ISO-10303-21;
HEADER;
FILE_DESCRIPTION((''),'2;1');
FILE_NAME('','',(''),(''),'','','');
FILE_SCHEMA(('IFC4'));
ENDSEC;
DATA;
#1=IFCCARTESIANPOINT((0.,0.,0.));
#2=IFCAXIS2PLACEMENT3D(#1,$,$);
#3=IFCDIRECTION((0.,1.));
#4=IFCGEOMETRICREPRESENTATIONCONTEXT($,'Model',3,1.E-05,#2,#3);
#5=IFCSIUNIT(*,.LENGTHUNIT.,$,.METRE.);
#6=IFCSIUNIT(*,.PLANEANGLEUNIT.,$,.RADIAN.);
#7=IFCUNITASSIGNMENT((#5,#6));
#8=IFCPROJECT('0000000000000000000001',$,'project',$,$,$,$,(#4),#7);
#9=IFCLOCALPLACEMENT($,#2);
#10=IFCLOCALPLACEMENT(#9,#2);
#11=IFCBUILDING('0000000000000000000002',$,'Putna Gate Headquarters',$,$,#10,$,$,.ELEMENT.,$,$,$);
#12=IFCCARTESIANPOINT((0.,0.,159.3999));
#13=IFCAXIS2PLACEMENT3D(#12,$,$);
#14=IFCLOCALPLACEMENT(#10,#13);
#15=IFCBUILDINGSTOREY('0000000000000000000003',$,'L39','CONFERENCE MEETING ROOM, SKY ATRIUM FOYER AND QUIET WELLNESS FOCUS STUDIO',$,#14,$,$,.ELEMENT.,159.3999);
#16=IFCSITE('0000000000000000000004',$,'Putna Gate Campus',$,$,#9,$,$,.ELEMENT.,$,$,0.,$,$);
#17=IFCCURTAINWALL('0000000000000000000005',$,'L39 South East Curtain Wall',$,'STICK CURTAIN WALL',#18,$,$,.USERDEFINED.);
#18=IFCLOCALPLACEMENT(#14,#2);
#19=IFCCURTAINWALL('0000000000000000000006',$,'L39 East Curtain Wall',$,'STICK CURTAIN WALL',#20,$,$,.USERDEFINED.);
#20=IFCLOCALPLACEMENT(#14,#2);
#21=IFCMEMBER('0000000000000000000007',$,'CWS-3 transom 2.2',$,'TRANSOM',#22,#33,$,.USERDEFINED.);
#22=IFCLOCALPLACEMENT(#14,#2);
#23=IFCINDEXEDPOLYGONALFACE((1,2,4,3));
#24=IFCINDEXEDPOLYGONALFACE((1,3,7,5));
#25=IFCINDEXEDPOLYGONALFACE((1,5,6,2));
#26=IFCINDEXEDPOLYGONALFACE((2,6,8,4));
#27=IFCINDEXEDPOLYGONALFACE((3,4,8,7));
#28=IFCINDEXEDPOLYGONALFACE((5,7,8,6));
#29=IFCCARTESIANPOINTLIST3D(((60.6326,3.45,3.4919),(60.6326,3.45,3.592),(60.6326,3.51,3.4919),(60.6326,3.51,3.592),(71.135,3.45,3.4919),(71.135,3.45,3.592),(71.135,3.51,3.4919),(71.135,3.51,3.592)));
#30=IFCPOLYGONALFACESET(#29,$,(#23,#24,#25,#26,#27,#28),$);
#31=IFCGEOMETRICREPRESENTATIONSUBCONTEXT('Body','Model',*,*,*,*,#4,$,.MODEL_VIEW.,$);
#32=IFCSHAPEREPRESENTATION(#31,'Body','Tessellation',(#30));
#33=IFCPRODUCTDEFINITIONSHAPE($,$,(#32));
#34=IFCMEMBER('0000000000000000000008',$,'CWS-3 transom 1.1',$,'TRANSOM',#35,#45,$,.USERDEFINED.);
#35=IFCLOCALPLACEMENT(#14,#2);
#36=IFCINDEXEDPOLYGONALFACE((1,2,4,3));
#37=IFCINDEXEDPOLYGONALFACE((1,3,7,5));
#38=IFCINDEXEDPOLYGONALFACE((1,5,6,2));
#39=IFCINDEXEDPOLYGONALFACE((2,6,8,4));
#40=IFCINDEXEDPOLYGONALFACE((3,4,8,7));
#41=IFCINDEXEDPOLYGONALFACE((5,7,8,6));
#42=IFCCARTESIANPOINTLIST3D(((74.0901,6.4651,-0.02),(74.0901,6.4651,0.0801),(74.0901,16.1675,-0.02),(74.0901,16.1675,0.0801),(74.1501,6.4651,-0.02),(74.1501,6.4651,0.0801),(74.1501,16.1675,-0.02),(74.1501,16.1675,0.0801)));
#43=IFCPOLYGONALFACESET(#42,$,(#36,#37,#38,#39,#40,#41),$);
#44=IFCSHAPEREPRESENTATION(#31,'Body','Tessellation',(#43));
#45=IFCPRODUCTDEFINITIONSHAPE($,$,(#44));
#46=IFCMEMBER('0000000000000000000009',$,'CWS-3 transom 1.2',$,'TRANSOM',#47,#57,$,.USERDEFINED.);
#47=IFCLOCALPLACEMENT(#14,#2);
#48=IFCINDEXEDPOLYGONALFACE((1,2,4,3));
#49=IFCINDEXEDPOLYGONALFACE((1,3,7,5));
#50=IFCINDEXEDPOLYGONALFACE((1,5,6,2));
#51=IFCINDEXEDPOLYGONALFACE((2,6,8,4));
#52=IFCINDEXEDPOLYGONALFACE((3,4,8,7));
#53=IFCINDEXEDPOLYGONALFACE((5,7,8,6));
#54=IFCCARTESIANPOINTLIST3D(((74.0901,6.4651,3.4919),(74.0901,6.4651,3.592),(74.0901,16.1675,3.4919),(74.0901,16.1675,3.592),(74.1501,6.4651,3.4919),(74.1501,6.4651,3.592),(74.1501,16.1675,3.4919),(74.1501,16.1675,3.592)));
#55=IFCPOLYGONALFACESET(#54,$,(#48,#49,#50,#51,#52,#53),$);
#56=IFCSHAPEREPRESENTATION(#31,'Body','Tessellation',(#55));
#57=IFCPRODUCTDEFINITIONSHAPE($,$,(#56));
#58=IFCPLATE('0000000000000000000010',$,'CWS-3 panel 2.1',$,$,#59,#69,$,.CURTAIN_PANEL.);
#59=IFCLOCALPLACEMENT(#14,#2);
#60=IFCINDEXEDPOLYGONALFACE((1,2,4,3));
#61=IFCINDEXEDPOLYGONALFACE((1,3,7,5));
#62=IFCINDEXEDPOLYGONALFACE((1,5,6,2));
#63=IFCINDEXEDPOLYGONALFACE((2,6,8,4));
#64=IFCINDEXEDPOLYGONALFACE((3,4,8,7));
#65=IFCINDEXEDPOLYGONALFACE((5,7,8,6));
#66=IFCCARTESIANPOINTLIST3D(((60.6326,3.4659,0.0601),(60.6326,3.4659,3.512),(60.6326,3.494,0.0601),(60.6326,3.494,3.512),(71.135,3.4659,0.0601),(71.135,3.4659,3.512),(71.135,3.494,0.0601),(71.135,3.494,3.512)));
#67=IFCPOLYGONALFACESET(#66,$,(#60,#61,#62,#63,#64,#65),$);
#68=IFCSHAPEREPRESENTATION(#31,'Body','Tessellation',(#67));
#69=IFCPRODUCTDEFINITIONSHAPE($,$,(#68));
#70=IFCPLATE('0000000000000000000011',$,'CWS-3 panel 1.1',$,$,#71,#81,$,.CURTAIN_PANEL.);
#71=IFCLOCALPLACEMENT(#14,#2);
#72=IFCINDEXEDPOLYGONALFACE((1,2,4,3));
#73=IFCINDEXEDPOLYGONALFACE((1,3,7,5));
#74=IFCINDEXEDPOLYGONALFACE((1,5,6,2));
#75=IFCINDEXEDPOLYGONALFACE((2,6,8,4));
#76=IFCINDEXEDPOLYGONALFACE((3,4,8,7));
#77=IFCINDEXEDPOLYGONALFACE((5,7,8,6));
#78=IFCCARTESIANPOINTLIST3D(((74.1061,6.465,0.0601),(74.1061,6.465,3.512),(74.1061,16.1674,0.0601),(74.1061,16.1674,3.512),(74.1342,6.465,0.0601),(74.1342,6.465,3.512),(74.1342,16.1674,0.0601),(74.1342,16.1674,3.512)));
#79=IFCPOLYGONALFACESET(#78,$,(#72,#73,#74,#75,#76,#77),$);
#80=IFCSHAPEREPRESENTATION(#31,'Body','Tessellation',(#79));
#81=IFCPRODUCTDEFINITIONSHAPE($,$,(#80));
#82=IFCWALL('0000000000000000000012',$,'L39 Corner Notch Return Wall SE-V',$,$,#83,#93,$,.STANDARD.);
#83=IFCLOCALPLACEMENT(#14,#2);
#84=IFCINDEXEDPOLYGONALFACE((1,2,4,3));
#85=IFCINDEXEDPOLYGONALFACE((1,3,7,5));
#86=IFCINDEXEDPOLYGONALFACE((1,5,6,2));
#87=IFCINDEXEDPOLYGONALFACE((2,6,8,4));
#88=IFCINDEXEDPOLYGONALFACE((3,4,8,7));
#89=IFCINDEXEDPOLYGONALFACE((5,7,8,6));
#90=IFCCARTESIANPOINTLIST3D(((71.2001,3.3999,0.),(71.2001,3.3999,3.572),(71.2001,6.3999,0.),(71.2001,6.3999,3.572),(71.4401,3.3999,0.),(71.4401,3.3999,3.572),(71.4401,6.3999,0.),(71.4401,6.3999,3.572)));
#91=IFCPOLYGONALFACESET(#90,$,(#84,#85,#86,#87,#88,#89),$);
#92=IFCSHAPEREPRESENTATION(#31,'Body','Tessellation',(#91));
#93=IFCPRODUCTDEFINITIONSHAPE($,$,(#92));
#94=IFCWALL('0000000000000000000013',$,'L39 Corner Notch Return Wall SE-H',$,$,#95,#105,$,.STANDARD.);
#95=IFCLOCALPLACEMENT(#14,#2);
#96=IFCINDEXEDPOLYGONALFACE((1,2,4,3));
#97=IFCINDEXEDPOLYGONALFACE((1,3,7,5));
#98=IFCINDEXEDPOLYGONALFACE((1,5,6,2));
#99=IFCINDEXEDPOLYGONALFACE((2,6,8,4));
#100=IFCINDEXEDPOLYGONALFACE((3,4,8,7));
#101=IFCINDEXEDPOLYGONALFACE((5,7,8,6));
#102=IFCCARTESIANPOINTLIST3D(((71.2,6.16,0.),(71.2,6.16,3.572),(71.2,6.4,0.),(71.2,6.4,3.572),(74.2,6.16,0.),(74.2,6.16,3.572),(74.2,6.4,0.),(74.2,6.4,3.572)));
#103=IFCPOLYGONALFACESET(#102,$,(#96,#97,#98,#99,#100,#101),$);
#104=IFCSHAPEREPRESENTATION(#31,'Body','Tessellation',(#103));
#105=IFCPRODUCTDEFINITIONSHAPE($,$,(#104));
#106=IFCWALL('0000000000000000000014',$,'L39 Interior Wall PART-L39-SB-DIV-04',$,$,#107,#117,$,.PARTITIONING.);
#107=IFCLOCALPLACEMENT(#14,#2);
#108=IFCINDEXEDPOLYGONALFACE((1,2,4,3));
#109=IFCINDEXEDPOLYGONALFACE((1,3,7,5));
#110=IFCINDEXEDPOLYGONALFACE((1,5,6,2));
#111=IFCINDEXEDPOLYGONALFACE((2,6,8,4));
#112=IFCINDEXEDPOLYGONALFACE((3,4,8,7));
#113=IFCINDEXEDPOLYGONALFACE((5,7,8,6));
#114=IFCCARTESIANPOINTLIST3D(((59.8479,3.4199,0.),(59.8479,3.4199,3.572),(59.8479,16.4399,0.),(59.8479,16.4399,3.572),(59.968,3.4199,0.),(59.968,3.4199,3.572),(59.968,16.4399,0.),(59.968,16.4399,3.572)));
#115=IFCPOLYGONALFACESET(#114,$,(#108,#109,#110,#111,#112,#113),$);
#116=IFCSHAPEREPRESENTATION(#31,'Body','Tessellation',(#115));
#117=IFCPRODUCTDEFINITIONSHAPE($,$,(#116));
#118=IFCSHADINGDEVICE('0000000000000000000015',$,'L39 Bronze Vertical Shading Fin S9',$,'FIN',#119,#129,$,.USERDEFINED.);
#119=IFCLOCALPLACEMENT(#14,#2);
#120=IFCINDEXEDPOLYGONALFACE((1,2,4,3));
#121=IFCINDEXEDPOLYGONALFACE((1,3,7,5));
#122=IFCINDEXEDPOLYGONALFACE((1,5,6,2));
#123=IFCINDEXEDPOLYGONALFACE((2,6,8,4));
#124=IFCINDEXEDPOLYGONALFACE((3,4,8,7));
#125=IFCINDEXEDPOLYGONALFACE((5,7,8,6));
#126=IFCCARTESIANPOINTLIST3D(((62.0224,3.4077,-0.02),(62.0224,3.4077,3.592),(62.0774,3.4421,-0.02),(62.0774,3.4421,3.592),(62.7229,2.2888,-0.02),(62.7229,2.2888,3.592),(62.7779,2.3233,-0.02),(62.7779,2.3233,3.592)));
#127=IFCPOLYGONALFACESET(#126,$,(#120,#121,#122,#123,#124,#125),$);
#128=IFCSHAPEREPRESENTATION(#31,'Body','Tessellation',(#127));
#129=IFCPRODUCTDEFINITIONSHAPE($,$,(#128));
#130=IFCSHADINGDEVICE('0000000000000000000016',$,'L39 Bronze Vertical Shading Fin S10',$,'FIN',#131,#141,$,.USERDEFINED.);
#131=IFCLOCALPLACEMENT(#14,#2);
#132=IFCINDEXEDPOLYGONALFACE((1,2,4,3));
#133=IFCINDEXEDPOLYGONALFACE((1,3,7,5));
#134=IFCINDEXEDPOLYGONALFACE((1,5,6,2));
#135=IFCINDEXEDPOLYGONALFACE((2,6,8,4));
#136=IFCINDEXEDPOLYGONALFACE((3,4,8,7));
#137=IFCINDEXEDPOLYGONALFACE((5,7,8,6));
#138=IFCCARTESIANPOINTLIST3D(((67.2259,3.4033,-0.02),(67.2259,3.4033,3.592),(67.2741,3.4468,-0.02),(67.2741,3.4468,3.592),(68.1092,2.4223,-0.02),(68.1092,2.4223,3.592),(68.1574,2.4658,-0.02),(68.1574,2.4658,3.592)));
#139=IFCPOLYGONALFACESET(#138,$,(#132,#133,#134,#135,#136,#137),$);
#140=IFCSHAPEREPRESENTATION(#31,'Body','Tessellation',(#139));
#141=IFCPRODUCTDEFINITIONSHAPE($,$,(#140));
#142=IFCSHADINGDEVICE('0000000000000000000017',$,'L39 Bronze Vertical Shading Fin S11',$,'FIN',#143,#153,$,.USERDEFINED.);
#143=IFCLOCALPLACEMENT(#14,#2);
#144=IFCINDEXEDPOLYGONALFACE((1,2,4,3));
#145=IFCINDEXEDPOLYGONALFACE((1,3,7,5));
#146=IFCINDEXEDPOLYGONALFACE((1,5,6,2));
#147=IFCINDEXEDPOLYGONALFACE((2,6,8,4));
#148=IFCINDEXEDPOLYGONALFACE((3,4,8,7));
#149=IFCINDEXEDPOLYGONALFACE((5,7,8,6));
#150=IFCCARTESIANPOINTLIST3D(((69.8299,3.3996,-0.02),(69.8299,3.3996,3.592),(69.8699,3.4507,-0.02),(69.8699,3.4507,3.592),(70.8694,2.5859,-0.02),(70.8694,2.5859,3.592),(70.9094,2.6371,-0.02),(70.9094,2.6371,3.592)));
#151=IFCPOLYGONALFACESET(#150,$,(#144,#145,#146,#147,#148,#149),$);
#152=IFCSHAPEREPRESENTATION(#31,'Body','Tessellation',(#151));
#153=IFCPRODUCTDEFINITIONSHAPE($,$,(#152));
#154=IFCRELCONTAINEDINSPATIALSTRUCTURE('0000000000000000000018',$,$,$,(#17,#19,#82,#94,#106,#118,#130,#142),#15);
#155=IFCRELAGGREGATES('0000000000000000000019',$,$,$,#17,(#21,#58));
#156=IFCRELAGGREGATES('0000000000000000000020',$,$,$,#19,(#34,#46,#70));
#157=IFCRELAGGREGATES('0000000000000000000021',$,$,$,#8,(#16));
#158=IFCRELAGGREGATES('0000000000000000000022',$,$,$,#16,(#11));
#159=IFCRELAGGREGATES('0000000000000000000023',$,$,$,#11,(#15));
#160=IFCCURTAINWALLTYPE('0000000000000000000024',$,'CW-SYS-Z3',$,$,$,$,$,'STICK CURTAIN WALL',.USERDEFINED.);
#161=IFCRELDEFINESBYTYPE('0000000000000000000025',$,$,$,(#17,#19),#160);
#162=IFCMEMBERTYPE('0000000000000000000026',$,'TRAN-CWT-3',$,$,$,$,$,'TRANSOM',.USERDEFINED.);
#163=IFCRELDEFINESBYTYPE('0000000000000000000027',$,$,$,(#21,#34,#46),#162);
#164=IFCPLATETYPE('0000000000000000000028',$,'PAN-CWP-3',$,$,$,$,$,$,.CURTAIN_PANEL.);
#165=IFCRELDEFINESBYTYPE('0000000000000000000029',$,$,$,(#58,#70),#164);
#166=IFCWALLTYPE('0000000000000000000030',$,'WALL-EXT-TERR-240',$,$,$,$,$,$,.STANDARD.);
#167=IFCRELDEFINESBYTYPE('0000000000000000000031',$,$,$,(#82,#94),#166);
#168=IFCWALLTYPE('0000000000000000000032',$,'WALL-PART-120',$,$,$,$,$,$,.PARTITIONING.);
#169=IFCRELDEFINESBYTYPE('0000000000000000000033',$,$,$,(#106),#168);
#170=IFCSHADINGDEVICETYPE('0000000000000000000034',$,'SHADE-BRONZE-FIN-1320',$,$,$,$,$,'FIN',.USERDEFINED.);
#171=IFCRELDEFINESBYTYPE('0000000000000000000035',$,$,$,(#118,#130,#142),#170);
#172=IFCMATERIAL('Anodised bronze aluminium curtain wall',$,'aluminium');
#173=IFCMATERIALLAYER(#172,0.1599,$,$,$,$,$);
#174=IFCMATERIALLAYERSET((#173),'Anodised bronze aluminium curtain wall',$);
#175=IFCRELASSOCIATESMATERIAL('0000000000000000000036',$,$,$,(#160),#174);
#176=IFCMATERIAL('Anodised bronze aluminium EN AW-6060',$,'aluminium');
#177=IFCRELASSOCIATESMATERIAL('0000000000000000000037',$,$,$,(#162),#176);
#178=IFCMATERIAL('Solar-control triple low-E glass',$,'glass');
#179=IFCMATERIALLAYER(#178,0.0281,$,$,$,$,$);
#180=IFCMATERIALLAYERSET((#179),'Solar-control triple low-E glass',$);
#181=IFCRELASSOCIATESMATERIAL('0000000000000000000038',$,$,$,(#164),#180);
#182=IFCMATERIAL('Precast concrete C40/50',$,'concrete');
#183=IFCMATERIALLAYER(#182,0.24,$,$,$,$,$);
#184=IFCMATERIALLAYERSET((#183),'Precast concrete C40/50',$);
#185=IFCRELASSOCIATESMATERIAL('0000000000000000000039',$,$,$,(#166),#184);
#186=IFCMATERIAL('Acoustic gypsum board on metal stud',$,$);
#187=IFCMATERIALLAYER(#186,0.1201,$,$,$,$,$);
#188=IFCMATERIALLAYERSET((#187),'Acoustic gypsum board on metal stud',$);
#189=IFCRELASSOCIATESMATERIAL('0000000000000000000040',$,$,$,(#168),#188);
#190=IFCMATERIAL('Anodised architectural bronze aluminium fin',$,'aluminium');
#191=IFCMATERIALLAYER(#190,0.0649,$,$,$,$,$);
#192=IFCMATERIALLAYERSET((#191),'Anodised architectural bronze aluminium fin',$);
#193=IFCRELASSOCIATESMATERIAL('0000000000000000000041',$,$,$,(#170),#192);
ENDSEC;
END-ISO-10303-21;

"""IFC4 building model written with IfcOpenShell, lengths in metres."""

from ifc_helpers import new_model, si_unit, direction, frame, frame_2d, origin, origin_2d, place, context, subcontext, project, spatial, rectangle, extrude, material, layer, layer_set, material_profile, profile_set, type_object, element, aggregate, save


model = new_model("IFC4")

# Units and contexts
model_context = context("Model", 3, precision=1e-05, world=origin(), true_north=direction((0.0, 1.0)))
body_context = subcontext(model_context, "Body", "Model", "MODEL_VIEW")
ifc_project = project(units=[si_unit("LENGTHUNIT", "METRE"), si_unit("PLANEANGLEUNIT", "RADIAN")], contexts=[model_context])

# Site, building, storey
site_placement = place(None, origin())
site = spatial("IfcSite", under=ifc_project, at=site_placement, Name="Putna Gate Campus", CompositionType="ELEMENT", RefElevation=0.0)
building_placement = place(site_placement, origin())
building = spatial("IfcBuilding", under=site, at=building_placement, Name="Putna Gate Headquarters", CompositionType="ELEMENT")
storey_placement = place(building_placement, frame((0.0, 0.0, 159.3999)))
storey = spatial("IfcBuildingStorey", under=building, at=storey_placement, Name="L39", Description="CONFERENCE MEETING ROOM, SKY ATRIUM FOYER AND QUIET WELLNESS FOCUS STUDIO", CompositionType="ELEMENT", Elevation=159.3999)

# Curtain wall
ifc_material_1 = material(Name="Anodised bronze aluminium curtain wall", Category="aluminium")
ifc_layer_1 = layer(ifc_material_1, 0.1599)
ifc_layer_set_1 = layer_set([ifc_layer_1], Name="Anodised bronze aluminium curtain wall")
curtain_wall_type = type_object("IfcCurtainWallType", Name="CW-SYS-Z3", ElementType="STICK CURTAIN WALL", PredefinedType="USERDEFINED", material=ifc_layer_set_1)
curtain_wall_1_placement = place(storey_placement, origin())
curtain_wall_1 = element("IfcCurtainWall", 1, at=curtain_wall_1_placement, inside=storey, type_object=curtain_wall_type, Name="L39 South East Curtain Wall", ObjectType="STICK CURTAIN WALL", PredefinedType="USERDEFINED")
ifc_material_2 = material(Name="Anodised bronze aluminium EN AW-6060", Category="aluminium")

# Curtain wall
curtain_wall_2_placement = place(storey_placement, origin())
curtain_wall_2 = element("IfcCurtainWall", 2, at=curtain_wall_2_placement, inside=storey, type_object=curtain_wall_type, Name="L39 East Curtain Wall", ObjectType="STICK CURTAIN WALL", PredefinedType="USERDEFINED")

# Members
ifc_material_profile_1 = material_profile(ifc_material_2, rectangle(XDim=0.0601, YDim=0.1001, at=origin_2d()), Name="Anodised bronze aluminium EN AW-6060")
ifc_profile_set_1 = profile_set([ifc_material_profile_1], Name="Anodised bronze aluminium EN AW-6060")
member_type_1 = type_object("IfcMemberType", Name="TRAN-CWT-3", ElementType="TRANSOM", PredefinedType="USERDEFINED", material=ifc_profile_set_1)
member_1_placement = place(storey_placement, frame((60.6326, 3.48, 3.542), z_axis=(1.0, 0.0, 0.0), x_axis=(0.0, 1.0, 0.0)))
member_1 = element("IfcMember", 3, at=member_1_placement, type_object=member_type_1, Name="CWS-3 transom 2.2", ObjectType="TRANSOM", PredefinedType="USERDEFINED", context=body_context, shape_type="SweptSolid", body=[
    extrude(rectangle(XDim=0.0601, YDim=0.1001, at=origin_2d()), origin(), (0.0, 0.0, 1.0), 10.5024),
])
member_2_placement = place(storey_placement, frame((74.1201, 6.4651, 0.03), z_axis=(0.0, 1.0, 0.0), x_axis=(-1.0, 0.0, 0.0)))
member_2 = element("IfcMember", 4, at=member_2_placement, type_object=member_type_1, Name="CWS-3 transom 1.1", ObjectType="TRANSOM", PredefinedType="USERDEFINED", context=body_context, shape_type="SweptSolid", body=[
    extrude(rectangle(XDim=0.0601, YDim=0.1001, at=origin_2d()), origin(), (0.0, 0.0, 1.0), 9.7024),
])
member_3_placement = place(storey_placement, frame((74.1201, 6.4651, 3.542), z_axis=(0.0, 1.0, 0.0), x_axis=(-1.0, 0.0, 0.0)))
member_3 = element("IfcMember", 5, at=member_3_placement, type_object=member_type_1, Name="CWS-3 transom 1.2", ObjectType="TRANSOM", PredefinedType="USERDEFINED", context=body_context, shape_type="SweptSolid", body=[
    extrude(rectangle(XDim=0.0601, YDim=0.1001, at=origin_2d()), origin(), (0.0, 0.0, 1.0), 9.7024),
])

# Plates
ifc_material_3 = material(Name="Solar-control triple low-E glass", Category="glass")
ifc_layer_2 = layer(ifc_material_3, 0.0281)
ifc_layer_set_2 = layer_set([ifc_layer_2], Name="Solar-control triple low-E glass")
plate_type = type_object("IfcPlateType", Name="PAN-CWP-3", PredefinedType="CURTAIN_PANEL", material=ifc_layer_set_2)
plate_1_placement = place(storey_placement, frame((65.8838, 3.48, 0.0601), z_axis=(0.0, 0.0, 1.0), x_axis=(1.0, 0.0, 0.0)))
plate_1 = element("IfcPlate", 6, at=plate_1_placement, type_object=plate_type, Name="CWS-3 panel 2.1", PredefinedType="CURTAIN_PANEL", context=body_context, shape_type="SweptSolid", body=[
    extrude(rectangle(XDim=10.5024, YDim=0.0281, at=origin_2d()), origin(), (0.0, 0.0, 1.0), 3.4519),
])
aggregate(curtain_wall_1, [member_1, plate_1])
plate_2_placement = place(storey_placement, frame((74.1201, 11.3162, 0.0601), z_axis=(0.0, 0.0, 1.0), x_axis=(0.0, 1.0, 0.0)))
plate_2 = element("IfcPlate", 7, at=plate_2_placement, type_object=plate_type, Name="CWS-3 panel 1.1", PredefinedType="CURTAIN_PANEL", context=body_context, shape_type="SweptSolid", body=[
    extrude(rectangle(XDim=9.7024, YDim=0.0281, at=origin_2d()), origin(), (0.0, 0.0, 1.0), 3.4519),
])
aggregate(curtain_wall_2, [member_2, member_3, plate_2])

# Walls
ifc_material_4 = material(Name="Precast concrete C40/50", Category="concrete")
ifc_layer_3 = layer(ifc_material_4, 0.24)
ifc_layer_set_3 = layer_set([ifc_layer_3], Name="Precast concrete C40/50")
wall_type_1 = type_object("IfcWallType", Name="WALL-EXT-TERR-240", PredefinedType="STANDARD", material=ifc_layer_set_3)
for number, where, z_axis, x_axis, name in (
    (8, (71.3201, 6.3999, 0.0), (0.0, 0.0, 1.0), (0.0, -1.0, 0.0), "L39 Corner Notch Return Wall SE-V"),
    (9, (74.2, 6.28, 0.0), (0.0, 0.0, 1.0), (-1.0, 0.0, 0.0), "L39 Corner Notch Return Wall SE-H"),
):
    element("IfcWall", number, at=place(storey_placement, frame(where, z_axis=z_axis, x_axis=x_axis)), inside=storey, type_object=wall_type_1, Name=name, PredefinedType="STANDARD", context=body_context, shape_type="SweptSolid", body=[
        extrude(rectangle(XDim=3.0, YDim=0.24, at=frame_2d((1.5, 0.0))), origin(), (0.0, 0.0, 1.0), 3.572),
    ])
ifc_material_5 = material(Name="Acoustic gypsum board on metal stud")
ifc_layer_4 = layer(ifc_material_5, 0.1201)
ifc_layer_set_4 = layer_set([ifc_layer_4], Name="Acoustic gypsum board on metal stud")
wall_type_2 = type_object("IfcWallType", Name="WALL-PART-120", PredefinedType="PARTITIONING", material=ifc_layer_set_4)
wall_placement = place(storey_placement, frame((59.908, 3.4199, 0.0), z_axis=(0.0, 0.0, 1.0), x_axis=(0.0, 1.0, 0.0)))
element("IfcWall", 10, at=wall_placement, inside=storey, type_object=wall_type_2, Name="L39 Interior Wall PART-L39-SB-DIV-04", PredefinedType="PARTITIONING", context=body_context, shape_type="SweptSolid", body=[
    extrude(rectangle(XDim=13.02, YDim=0.1201, at=frame_2d((6.51, 0.0))), origin(), (0.0, 0.0, 1.0), 3.572),
])

# Shading devices
ifc_material_6 = material(Name="Anodised architectural bronze aluminium fin", Category="aluminium")
ifc_layer_5 = layer(ifc_material_6, 0.0649)
ifc_layer_set_5 = layer_set([ifc_layer_5], Name="Anodised architectural bronze aluminium fin")
shading_device_type = type_object("IfcShadingDeviceType", Name="SHADE-BRONZE-FIN-1320", ElementType="FIN", PredefinedType="USERDEFINED", material=ifc_layer_set_5)
for number, where, z_axis, x_axis, name in (
    (11, (62.4001, 2.8655, -0.02), (0.0, 0.0, 1.0), (0.530659, -0.847585, 0.0), "L39 Bronze Vertical Shading Fin S9"),
    (12, (67.6917, 2.9346, -0.02), (0.0, 0.0, 1.0), (0.669131, -0.743145, 0.0), "L39 Bronze Vertical Shading Fin S10"),
    (13, (70.3696, 3.0183, -0.02), (0.0, 0.0, 1.0), (0.787473, -0.616349, 0.0), "L39 Bronze Vertical Shading Fin S11"),
):
    element("IfcShadingDevice", number, at=place(storey_placement, frame(where, z_axis=z_axis, x_axis=x_axis)), inside=storey, type_object=shading_device_type, Name=name, ObjectType="FIN", PredefinedType="USERDEFINED", context=body_context, shape_type="SweptSolid", body=[
        extrude(rectangle(XDim=1.3201, YDim=0.0649, at=origin_2d()), origin(), (0.0, 0.0, 1.0), 3.6121),
    ])

save(model, "model.ifc")
